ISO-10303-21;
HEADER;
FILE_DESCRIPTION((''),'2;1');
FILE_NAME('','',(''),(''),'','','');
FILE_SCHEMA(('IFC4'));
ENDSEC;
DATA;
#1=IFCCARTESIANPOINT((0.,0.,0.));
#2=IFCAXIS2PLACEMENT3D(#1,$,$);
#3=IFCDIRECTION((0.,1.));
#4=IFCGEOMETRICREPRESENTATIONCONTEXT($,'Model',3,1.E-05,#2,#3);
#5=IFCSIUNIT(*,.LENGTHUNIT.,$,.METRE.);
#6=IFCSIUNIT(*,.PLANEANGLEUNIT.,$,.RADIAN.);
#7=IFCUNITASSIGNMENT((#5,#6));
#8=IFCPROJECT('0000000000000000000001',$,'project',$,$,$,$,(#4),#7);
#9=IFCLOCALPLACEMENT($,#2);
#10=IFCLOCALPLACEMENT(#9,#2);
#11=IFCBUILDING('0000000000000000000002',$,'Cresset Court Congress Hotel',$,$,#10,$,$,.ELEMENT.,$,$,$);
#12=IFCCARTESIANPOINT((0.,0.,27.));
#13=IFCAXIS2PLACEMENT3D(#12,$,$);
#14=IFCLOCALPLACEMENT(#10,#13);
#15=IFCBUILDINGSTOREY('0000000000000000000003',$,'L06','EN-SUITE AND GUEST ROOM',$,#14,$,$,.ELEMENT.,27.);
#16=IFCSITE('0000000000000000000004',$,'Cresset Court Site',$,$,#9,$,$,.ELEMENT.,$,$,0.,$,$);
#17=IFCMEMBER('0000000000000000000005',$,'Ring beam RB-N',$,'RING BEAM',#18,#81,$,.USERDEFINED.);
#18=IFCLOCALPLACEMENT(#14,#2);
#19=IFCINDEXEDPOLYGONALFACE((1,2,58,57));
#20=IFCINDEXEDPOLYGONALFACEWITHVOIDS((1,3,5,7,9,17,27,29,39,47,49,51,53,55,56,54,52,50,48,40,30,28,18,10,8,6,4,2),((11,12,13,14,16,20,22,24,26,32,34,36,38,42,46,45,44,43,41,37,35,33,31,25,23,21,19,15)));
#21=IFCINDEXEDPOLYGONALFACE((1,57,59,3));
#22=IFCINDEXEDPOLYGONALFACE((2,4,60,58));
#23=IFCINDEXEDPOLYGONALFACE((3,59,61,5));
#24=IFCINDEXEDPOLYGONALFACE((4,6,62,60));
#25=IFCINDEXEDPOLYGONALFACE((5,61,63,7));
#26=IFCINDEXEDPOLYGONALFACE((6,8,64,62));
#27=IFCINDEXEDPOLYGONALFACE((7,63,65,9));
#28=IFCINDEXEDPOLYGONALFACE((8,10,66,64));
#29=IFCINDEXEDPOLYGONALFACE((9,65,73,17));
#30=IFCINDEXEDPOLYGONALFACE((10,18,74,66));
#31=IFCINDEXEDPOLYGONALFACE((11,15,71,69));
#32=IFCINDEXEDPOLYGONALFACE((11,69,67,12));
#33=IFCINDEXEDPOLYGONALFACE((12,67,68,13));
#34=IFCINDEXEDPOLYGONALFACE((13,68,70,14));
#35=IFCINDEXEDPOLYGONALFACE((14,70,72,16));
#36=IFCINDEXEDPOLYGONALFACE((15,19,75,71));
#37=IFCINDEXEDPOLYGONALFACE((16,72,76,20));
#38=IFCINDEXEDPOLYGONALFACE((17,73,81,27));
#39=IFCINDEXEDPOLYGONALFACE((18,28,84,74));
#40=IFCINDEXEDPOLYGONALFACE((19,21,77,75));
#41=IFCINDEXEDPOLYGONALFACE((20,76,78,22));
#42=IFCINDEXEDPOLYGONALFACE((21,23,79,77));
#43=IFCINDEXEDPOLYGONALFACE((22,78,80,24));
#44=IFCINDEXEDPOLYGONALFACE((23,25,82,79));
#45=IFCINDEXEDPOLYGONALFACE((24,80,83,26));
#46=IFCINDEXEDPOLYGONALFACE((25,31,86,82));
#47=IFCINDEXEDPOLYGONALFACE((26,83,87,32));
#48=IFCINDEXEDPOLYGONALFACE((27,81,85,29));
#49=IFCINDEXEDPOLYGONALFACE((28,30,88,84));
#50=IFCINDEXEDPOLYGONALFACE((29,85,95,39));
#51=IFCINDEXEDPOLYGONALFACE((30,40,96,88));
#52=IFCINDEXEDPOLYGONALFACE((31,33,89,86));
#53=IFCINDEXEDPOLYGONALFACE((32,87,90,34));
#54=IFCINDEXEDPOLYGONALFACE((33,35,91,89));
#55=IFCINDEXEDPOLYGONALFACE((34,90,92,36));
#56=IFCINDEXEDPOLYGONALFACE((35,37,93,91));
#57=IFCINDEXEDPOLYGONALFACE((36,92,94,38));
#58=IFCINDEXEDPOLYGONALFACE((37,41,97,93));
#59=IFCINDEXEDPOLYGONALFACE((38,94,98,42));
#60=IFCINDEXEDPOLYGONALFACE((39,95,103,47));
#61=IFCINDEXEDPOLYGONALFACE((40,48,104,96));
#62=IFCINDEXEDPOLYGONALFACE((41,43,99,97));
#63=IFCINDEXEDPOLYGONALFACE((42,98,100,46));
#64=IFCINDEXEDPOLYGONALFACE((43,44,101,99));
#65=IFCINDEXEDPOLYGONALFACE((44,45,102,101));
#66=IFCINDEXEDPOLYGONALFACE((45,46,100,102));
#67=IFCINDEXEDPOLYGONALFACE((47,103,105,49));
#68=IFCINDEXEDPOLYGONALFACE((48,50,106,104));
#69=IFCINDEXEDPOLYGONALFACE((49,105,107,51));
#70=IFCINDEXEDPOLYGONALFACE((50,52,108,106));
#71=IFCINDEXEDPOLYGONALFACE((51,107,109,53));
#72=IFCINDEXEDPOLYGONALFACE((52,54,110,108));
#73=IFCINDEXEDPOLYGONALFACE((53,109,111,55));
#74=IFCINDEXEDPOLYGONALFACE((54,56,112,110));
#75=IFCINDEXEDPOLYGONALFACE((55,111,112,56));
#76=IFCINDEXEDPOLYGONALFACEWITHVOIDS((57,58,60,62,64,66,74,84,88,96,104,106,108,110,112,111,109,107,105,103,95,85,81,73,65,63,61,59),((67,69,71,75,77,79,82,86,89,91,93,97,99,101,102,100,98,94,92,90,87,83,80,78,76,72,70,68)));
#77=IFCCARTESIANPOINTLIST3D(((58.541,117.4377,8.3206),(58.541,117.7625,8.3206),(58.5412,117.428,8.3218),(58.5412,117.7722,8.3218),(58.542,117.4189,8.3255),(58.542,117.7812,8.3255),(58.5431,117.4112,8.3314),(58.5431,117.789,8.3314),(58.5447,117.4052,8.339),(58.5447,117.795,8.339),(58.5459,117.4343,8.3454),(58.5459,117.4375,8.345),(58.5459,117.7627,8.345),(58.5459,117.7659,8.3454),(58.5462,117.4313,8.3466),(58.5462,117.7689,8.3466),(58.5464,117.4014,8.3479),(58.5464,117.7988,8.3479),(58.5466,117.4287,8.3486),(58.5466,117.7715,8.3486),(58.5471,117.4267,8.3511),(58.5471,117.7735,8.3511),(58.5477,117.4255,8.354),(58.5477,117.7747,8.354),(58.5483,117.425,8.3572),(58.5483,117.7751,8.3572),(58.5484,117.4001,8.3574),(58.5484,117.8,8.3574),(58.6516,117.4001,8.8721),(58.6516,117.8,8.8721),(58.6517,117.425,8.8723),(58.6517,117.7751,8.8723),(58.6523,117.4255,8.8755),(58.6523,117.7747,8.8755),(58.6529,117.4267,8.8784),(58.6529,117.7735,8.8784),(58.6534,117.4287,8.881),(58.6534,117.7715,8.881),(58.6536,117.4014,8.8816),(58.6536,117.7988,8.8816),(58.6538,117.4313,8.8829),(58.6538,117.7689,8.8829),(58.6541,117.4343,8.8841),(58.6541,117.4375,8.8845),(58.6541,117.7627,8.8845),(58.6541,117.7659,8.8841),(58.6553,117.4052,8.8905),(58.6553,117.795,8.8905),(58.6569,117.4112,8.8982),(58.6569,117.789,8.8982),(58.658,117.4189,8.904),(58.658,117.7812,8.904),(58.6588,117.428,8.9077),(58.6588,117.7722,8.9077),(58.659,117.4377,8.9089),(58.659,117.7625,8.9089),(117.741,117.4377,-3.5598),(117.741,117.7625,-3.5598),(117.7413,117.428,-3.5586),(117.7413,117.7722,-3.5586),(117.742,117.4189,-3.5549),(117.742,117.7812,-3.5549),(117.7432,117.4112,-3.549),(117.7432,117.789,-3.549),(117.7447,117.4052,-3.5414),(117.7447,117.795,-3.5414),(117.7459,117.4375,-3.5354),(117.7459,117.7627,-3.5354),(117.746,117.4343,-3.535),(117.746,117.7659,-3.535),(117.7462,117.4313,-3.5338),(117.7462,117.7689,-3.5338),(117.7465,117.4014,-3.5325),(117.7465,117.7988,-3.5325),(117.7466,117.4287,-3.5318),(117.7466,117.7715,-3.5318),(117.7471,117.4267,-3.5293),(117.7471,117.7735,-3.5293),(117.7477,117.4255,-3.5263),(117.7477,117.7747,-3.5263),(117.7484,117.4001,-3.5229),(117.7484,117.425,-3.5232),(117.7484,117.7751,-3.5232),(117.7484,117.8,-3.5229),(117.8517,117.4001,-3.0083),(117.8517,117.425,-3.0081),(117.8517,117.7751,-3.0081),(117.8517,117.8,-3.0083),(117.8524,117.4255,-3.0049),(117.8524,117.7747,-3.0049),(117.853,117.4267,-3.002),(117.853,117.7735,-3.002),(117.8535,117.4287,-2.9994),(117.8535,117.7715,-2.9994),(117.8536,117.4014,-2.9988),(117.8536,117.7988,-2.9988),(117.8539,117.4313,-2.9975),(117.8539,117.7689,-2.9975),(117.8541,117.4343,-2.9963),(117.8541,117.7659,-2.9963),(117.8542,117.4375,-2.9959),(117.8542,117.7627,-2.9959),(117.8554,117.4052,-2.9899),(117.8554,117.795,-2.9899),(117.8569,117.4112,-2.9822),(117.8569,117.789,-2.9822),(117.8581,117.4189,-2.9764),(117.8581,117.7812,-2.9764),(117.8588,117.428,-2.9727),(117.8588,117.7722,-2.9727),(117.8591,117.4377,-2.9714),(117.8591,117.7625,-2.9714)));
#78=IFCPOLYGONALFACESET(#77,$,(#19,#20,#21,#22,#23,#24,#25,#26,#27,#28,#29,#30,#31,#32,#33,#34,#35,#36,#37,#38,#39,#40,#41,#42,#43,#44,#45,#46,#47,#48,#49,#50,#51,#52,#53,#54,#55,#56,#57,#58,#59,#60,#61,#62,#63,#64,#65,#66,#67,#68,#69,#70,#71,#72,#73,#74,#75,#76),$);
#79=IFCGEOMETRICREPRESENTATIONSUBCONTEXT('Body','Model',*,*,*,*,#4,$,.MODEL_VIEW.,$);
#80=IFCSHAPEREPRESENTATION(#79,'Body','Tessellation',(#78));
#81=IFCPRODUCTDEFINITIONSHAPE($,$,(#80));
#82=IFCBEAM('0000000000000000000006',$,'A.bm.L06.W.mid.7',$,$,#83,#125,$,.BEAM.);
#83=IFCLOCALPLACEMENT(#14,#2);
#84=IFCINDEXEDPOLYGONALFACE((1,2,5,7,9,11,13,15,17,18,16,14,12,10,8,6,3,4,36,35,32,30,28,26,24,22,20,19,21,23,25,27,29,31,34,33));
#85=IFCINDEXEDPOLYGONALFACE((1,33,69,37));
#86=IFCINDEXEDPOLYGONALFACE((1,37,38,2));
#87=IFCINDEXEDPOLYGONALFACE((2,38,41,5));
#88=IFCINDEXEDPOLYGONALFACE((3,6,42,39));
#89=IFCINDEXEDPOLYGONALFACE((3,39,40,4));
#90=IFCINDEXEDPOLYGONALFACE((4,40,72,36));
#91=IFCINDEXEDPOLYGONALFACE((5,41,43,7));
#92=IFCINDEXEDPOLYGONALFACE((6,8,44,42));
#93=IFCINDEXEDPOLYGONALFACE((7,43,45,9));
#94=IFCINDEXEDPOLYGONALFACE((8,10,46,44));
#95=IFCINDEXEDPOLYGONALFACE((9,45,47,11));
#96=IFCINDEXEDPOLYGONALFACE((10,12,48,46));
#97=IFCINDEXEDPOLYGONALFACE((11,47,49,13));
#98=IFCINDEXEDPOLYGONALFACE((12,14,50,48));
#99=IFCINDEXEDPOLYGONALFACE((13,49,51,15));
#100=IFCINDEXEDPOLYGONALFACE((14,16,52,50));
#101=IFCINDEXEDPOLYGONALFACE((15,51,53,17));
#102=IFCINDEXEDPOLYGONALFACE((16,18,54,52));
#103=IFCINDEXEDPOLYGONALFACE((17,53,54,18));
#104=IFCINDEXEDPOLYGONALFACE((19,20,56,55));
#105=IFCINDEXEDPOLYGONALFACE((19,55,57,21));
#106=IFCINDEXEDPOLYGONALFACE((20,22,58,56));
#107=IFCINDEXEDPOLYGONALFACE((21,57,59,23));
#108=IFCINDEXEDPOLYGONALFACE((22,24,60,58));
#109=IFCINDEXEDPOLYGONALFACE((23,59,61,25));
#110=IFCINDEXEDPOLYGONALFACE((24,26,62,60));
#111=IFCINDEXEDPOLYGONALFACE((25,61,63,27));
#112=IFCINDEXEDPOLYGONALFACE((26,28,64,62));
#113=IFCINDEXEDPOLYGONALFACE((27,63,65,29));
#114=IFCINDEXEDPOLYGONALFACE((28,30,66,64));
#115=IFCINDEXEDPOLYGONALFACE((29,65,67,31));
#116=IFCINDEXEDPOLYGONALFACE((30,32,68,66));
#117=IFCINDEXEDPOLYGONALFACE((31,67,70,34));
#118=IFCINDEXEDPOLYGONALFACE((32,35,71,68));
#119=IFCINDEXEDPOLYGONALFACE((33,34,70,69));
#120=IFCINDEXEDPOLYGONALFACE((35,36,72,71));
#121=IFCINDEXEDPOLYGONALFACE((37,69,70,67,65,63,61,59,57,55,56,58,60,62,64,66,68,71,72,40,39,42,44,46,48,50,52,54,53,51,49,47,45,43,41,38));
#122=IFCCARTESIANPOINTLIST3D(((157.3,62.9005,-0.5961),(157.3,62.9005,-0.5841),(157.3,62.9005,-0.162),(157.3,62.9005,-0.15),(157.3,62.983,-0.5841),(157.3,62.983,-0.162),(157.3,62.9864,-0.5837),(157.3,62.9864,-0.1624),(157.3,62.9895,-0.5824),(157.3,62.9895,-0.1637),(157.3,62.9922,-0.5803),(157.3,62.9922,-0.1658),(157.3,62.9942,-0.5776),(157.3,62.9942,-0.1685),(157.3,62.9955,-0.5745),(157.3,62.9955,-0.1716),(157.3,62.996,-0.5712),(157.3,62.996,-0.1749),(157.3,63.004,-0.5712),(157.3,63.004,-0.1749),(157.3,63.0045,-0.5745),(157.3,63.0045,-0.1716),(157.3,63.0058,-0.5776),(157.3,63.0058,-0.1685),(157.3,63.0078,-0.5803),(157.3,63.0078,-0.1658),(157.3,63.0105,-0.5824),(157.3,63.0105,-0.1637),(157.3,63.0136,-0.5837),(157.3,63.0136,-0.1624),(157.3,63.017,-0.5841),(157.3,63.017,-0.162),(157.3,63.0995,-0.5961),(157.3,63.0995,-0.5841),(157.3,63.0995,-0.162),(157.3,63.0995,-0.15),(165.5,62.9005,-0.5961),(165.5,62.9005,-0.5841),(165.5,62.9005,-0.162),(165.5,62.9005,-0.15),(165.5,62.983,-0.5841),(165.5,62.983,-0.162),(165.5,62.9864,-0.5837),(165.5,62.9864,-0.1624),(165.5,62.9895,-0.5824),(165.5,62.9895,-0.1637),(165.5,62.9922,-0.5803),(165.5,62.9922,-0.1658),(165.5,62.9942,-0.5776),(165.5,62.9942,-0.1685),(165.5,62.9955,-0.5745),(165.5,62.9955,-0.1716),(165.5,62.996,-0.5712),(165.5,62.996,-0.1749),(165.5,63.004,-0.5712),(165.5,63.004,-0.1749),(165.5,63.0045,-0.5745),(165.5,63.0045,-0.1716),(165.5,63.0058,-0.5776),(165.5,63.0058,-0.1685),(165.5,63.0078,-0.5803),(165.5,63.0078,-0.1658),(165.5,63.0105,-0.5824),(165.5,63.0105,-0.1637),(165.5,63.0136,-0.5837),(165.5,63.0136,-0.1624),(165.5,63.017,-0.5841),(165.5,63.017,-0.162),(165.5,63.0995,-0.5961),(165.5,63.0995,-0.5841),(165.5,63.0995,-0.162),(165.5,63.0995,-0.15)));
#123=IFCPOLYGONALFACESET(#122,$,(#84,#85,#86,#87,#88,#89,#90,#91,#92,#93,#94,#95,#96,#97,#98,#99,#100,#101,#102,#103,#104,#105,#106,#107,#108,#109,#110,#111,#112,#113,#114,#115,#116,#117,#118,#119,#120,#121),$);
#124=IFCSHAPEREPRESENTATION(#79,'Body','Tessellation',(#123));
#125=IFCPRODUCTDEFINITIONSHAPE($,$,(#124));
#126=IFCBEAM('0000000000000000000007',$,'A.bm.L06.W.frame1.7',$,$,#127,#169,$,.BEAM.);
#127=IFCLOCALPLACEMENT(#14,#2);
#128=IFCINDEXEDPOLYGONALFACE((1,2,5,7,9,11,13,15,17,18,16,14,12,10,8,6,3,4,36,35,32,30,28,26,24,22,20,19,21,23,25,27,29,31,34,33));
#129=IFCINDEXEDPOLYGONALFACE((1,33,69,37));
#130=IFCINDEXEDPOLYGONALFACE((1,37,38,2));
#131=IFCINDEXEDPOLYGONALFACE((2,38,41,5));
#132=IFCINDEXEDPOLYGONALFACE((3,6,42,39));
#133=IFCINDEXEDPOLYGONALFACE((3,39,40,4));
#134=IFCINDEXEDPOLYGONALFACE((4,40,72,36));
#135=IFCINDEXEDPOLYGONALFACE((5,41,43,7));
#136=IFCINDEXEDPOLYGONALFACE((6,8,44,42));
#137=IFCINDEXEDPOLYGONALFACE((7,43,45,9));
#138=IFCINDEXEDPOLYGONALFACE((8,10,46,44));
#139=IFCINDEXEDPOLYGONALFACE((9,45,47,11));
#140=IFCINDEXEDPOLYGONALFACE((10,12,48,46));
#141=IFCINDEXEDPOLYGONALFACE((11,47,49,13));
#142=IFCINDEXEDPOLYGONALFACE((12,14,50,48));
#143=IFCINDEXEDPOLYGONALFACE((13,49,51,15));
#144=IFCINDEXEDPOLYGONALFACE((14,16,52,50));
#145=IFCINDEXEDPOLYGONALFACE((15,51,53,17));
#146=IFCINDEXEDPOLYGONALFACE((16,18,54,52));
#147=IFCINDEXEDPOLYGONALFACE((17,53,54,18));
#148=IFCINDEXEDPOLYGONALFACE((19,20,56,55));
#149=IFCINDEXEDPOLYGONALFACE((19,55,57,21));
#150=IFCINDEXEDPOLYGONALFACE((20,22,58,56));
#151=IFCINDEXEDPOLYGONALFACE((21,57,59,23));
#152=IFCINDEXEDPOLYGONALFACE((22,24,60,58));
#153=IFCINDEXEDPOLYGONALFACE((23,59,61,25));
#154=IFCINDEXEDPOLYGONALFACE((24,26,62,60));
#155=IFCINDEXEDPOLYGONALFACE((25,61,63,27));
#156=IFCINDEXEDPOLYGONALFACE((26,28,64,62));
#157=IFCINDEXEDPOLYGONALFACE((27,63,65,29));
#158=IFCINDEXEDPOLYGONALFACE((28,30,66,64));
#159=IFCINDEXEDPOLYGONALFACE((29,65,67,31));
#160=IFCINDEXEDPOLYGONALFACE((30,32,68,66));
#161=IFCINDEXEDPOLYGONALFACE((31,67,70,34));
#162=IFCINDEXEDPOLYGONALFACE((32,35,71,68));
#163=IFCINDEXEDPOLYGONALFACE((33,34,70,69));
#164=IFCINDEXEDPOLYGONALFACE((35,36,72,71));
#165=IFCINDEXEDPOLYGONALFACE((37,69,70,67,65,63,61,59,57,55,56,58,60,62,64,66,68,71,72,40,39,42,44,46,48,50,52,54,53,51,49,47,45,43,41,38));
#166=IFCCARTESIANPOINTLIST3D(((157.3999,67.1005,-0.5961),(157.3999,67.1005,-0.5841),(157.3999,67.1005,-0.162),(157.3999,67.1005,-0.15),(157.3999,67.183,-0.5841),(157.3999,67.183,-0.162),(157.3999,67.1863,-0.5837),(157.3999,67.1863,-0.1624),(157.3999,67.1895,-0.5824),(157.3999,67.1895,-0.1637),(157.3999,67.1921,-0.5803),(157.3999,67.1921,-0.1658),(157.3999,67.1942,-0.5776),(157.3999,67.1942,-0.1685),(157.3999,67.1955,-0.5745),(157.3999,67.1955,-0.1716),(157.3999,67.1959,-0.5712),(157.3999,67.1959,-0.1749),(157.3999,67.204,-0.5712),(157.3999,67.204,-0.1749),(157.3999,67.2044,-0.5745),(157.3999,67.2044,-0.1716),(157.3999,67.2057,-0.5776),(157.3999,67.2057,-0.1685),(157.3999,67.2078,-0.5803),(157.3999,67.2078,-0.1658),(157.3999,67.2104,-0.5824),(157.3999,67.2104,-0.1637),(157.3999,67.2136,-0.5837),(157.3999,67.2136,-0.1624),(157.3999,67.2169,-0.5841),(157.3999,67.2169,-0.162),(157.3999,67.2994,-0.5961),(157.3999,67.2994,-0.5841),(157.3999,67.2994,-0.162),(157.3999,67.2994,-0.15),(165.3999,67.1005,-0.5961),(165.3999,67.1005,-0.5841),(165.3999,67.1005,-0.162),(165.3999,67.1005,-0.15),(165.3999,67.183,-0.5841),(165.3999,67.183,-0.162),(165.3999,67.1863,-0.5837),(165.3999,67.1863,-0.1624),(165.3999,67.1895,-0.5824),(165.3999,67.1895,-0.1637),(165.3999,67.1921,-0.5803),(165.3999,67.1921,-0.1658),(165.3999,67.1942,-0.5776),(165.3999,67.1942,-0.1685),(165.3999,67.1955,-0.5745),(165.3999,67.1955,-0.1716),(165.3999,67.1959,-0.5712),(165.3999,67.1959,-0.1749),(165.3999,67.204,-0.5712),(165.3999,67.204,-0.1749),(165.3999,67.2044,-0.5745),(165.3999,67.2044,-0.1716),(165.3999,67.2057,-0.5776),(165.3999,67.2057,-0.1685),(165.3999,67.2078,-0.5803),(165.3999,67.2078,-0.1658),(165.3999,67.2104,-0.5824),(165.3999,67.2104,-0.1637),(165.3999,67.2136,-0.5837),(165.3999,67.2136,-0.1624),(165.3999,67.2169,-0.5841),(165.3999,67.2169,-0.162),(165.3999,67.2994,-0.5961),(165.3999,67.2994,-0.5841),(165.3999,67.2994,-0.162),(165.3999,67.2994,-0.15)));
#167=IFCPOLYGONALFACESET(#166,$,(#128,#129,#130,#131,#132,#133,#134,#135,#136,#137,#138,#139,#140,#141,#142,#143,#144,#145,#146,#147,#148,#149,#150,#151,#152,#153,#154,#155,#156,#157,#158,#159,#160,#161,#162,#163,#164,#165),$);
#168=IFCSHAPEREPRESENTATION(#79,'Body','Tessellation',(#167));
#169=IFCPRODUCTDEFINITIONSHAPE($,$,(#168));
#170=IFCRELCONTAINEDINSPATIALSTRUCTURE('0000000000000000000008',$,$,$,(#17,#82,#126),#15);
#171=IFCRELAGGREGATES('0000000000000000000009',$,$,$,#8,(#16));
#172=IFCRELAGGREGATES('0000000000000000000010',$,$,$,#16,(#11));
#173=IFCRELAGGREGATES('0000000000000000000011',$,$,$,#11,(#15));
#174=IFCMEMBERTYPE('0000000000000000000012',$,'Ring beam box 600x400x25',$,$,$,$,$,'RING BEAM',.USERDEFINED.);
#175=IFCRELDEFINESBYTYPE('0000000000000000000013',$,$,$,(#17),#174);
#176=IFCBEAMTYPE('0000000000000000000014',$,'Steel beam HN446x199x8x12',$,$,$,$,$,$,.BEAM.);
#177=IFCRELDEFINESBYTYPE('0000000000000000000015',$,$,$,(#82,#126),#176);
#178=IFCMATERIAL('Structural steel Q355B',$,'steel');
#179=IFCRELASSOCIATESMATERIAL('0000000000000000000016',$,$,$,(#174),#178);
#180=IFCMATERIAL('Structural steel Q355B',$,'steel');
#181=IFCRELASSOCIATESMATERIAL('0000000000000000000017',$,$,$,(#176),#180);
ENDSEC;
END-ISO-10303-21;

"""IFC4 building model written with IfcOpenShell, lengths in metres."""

from ifc_helpers import new_model, si_unit, direction, frame, origin, origin_2d, place, context, subcontext, project, spatial, hollow_rectangle, i_section, extrude, material, material_profile, profile_set, type_object, element, save


model = new_model("IFC4")

# Units and contexts
model_context = context("Model", 3, precision=1e-05, world=origin(), true_north=direction((0.0, 1.0)))
body_context = subcontext(model_context, "Body", "Model", "MODEL_VIEW")
ifc_project = project(units=[si_unit("LENGTHUNIT", "METRE"), si_unit("PLANEANGLEUNIT", "RADIAN")], contexts=[model_context])

# Site, building, storey
site_placement = place(None, origin())
site = spatial("IfcSite", under=ifc_project, at=site_placement, Name="Cresset Court Site", CompositionType="ELEMENT", RefElevation=0.0)
building_placement = place(site_placement, origin())
building = spatial("IfcBuilding", under=site, at=building_placement, Name="Cresset Court Congress Hotel", CompositionType="ELEMENT")
storey_placement = place(building_placement, frame((0.0, 0.0, 27.0)))
storey = spatial("IfcBuildingStorey", under=building, at=storey_placement, Name="L06", Description="EN-SUITE AND GUEST ROOM", CompositionType="ELEMENT", Elevation=27.0)

# Member
ifc_material_1 = material(Name="Structural steel Q355B", Category="steel")
ifc_material_profile_1 = material_profile(ifc_material_1, hollow_rectangle(XDim=0.3999, YDim=0.6001, WallThickness=0.0249, InnerFilletRadius=0.0125, OuterFilletRadius=0.0376, at=origin_2d()), Name="RHS600x400x25")
ifc_profile_set_1 = profile_set([ifc_material_profile_1], Name="Structural steel Q355B")
member_type = type_object("IfcMemberType", Name="Ring beam box 600x400x25", ElementType="RING BEAM", PredefinedType="USERDEFINED", material=ifc_profile_set_1)
member_placement = place(storey_placement, frame((117.8, 117.6001, -3.2656), z_axis=(-0.980452, 0.0, 0.196759), x_axis=(0.0, -1.0, 0.0)))
element("IfcMember", 1, at=member_placement, inside=storey, type_object=member_type, Name="Ring beam RB-N", ObjectType="RING BEAM", PredefinedType="USERDEFINED", context=body_context, shape_type="SweptSolid", body=[
    extrude(hollow_rectangle(XDim=0.3999, YDim=0.6001, WallThickness=0.0249, InnerFilletRadius=0.0125, OuterFilletRadius=0.0376, at=origin_2d()), origin(), (0.0, 0.0, 1.0), 60.3804),
])

# Beams
ifc_material_2 = material(Name="Structural steel Q355B", Category="steel")
ifc_material_profile_2 = material_profile(ifc_material_2, i_section(OverallWidth=0.199, OverallDepth=0.446, WebThickness=0.0081, FlangeThickness=0.012, FilletRadius=0.0129, at=origin_2d()), Name="HN446x199x8x12")
ifc_profile_set_2 = profile_set([ifc_material_profile_2], Name="Structural steel Q355B")
beam_type = type_object("IfcBeamType", Name="Steel beam HN446x199x8x12", PredefinedType="BEAM", material=ifc_profile_set_2)
beam_1_placement = place(storey_placement, frame((157.3, 63.0, -0.373), z_axis=(1.0, 0.0, 0.0), x_axis=(0.0, 1.0, 0.0)))
element("IfcBeam", 2, at=beam_1_placement, inside=storey, type_object=beam_type, Name="A.bm.L06.W.mid.7", PredefinedType="BEAM", context=body_context, shape_type="SweptSolid", body=[
    extrude(i_section(OverallWidth=0.199, OverallDepth=0.446, WebThickness=0.0081, FlangeThickness=0.012, FilletRadius=0.0129, at=origin_2d()), origin(), (0.0, 0.0, 1.0), 8.2),
])
beam_2_placement = place(storey_placement, frame((157.3999, 67.2, -0.373), z_axis=(1.0, 0.0, 0.0), x_axis=(0.0, 1.0, 0.0)))
element("IfcBeam", 3, at=beam_2_placement, inside=storey, type_object=beam_type, Name="A.bm.L06.W.frame1.7", PredefinedType="BEAM", context=body_context, shape_type="SweptSolid", body=[
    extrude(i_section(OverallWidth=0.199, OverallDepth=0.446, WebThickness=0.0081, FlangeThickness=0.012, FilletRadius=0.0129, at=origin_2d()), origin(), (0.0, 0.0, 1.0), 8.0),
])

save(model, "model.ifc")
